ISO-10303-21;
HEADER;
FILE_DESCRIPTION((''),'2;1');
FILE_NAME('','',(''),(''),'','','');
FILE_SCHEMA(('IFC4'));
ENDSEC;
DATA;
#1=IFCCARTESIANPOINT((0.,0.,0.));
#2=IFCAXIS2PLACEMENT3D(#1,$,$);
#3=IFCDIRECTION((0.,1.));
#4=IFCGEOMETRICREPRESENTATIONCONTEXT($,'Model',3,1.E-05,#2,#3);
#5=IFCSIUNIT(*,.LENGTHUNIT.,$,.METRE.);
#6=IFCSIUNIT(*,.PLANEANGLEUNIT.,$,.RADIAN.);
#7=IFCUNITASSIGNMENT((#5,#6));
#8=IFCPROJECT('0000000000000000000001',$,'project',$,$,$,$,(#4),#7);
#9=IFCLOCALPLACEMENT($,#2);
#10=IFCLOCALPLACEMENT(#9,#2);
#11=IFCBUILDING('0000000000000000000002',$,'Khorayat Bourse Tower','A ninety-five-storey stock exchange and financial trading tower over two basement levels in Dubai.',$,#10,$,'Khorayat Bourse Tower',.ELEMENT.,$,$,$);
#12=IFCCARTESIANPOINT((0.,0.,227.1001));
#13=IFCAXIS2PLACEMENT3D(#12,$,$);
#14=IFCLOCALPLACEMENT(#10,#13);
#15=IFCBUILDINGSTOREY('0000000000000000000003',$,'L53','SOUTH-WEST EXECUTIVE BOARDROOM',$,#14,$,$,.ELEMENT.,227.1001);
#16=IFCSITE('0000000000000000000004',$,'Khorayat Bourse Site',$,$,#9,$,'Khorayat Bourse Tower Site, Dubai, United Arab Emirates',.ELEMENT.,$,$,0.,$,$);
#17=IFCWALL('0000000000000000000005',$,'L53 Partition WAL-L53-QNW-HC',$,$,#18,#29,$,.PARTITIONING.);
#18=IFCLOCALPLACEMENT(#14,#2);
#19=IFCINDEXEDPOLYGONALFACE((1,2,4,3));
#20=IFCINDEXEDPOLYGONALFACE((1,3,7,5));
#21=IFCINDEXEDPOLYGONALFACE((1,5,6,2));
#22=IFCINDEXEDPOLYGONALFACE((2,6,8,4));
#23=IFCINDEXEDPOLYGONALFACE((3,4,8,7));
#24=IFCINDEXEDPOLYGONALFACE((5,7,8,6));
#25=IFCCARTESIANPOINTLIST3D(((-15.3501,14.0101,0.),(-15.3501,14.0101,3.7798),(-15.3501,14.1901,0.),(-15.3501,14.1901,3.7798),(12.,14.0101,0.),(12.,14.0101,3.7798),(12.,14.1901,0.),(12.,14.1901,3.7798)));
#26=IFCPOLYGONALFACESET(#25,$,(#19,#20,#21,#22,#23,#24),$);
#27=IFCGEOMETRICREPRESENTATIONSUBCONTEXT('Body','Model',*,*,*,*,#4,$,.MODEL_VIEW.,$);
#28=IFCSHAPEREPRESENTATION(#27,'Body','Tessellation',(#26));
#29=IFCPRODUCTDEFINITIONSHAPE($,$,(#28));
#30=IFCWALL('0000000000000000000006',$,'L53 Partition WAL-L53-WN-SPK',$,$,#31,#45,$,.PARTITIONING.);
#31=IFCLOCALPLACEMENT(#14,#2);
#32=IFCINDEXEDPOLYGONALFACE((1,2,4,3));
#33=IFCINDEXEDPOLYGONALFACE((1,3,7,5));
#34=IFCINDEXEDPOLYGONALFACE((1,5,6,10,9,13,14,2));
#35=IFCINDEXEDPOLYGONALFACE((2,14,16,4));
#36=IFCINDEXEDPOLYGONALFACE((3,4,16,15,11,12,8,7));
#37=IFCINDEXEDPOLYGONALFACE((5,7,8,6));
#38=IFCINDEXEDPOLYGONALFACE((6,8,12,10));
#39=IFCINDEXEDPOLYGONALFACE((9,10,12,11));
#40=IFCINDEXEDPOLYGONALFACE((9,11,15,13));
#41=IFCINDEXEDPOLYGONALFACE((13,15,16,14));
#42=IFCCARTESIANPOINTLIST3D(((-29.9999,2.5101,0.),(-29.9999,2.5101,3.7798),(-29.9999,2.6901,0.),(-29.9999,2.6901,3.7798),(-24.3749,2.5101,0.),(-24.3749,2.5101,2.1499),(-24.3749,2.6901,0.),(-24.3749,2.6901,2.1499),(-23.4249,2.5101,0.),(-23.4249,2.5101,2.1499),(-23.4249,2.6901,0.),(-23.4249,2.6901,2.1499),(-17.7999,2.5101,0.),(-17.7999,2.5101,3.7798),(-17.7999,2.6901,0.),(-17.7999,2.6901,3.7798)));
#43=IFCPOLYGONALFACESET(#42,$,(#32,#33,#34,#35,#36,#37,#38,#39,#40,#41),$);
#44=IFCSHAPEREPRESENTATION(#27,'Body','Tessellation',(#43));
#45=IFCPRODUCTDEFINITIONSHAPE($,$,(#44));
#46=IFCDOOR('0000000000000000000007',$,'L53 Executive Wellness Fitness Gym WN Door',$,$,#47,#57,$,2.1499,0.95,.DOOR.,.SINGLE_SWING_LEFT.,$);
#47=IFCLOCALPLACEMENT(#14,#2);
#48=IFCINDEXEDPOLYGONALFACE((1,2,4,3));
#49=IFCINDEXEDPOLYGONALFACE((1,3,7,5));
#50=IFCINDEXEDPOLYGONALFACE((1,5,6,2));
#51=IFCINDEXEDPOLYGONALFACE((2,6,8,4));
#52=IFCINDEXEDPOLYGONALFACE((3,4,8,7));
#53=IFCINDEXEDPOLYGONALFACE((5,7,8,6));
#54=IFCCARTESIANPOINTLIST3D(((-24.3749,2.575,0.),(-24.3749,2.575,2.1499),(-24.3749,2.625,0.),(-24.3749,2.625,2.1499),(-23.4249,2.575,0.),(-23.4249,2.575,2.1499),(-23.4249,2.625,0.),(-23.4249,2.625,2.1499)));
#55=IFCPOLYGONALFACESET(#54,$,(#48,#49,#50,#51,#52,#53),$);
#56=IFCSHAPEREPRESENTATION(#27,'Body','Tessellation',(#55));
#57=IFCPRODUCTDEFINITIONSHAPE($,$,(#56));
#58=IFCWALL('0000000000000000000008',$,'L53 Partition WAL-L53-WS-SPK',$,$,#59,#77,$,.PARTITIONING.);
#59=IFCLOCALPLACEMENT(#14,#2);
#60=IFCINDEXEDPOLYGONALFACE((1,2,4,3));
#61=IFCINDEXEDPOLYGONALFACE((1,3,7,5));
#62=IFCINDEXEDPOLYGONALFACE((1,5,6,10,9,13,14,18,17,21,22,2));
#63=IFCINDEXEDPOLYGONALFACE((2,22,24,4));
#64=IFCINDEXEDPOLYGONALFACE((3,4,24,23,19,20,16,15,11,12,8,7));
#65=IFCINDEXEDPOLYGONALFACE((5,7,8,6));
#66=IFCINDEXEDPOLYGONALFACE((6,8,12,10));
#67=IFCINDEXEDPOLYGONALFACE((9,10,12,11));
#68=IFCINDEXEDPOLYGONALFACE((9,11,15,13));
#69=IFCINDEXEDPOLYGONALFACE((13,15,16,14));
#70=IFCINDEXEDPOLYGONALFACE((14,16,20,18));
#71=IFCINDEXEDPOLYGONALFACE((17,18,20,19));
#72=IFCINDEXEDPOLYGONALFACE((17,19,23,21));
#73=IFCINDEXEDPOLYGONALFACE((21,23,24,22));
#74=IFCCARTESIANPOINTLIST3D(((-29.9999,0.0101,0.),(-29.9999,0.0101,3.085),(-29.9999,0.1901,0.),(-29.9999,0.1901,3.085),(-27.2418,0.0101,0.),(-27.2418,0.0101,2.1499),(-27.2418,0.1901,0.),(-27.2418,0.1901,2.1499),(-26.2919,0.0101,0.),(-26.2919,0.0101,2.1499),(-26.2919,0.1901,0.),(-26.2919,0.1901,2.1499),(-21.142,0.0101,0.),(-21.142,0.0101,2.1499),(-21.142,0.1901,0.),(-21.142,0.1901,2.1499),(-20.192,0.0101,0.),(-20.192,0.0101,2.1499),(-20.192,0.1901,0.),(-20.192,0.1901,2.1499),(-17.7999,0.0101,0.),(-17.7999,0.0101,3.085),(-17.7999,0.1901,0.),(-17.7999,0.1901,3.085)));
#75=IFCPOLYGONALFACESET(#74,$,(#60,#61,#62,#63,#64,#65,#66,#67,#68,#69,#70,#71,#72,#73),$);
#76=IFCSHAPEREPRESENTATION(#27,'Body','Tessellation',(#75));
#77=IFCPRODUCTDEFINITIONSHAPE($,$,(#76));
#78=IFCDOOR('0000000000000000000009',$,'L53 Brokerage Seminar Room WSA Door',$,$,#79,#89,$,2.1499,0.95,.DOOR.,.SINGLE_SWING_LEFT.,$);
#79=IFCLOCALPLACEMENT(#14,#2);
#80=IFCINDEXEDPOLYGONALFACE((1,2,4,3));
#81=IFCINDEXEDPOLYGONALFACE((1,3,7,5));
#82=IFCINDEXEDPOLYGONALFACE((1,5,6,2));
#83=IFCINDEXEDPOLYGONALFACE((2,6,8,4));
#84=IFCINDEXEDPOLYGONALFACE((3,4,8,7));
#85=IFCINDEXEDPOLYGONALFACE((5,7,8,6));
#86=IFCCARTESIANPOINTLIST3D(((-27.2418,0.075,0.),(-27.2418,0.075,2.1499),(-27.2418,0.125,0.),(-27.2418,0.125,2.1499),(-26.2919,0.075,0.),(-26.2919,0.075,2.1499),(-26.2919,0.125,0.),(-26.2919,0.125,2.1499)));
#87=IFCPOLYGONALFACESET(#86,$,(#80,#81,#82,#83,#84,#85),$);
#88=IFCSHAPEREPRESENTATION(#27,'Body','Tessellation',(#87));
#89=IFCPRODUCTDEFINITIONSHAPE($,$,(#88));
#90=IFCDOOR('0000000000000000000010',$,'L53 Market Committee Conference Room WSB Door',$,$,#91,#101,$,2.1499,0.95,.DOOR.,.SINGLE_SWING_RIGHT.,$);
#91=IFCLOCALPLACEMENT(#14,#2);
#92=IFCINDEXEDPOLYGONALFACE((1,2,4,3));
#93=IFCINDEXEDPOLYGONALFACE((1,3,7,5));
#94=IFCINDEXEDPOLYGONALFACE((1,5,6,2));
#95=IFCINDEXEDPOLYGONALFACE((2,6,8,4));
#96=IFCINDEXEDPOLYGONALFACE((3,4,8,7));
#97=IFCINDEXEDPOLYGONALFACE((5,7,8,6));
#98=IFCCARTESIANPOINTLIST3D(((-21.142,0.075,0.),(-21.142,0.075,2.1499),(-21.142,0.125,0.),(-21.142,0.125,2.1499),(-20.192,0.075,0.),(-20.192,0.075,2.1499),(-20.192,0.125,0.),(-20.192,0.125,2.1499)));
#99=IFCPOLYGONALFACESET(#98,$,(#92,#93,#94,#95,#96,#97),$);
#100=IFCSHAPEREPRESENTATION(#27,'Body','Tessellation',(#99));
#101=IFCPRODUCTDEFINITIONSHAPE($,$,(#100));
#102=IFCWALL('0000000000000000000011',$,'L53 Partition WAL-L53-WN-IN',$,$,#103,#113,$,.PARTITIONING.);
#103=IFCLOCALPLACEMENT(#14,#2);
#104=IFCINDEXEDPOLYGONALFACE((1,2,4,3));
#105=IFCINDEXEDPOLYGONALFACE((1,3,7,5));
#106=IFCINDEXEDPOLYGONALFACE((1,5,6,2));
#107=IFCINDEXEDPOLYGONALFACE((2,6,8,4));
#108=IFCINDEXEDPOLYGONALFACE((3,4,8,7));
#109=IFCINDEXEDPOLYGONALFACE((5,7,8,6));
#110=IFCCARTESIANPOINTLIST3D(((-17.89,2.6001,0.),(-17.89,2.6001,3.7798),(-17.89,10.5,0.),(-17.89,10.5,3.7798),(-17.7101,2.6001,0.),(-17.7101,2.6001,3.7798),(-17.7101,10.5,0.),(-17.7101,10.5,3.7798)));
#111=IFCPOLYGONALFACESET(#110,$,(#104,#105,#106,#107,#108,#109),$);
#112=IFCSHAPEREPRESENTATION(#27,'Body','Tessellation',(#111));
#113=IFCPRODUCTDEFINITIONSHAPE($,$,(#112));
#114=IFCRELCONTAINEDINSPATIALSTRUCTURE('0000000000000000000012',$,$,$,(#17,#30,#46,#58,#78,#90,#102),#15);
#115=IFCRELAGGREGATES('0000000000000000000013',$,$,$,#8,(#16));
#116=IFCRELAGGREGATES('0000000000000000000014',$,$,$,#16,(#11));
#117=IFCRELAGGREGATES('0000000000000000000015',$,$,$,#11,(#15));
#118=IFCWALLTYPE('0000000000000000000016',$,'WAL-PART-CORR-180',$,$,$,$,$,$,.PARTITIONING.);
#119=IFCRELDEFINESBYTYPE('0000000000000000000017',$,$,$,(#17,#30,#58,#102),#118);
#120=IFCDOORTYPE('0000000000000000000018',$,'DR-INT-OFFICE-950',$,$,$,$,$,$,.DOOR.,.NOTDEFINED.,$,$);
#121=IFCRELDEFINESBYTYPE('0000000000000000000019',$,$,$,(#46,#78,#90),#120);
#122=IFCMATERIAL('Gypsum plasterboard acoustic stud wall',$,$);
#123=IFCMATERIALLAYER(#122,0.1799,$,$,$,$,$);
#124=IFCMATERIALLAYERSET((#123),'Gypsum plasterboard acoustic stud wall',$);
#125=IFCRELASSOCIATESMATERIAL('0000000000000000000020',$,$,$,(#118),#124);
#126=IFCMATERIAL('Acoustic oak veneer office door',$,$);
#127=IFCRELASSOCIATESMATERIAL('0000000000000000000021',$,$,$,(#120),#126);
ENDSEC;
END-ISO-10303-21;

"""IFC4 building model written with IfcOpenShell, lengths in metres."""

from ifc_helpers import new_model, si_unit, direction, frame, frame_2d, origin, place, context, subcontext, project, spatial, rectangle, extrude, source, transform, mapped, material, layer, layer_set, type_object, element, fill, save


model = new_model("IFC4")

# Units and contexts
model_context = context("Model", 3, precision=1e-05, world=origin(), true_north=direction((0.0, 1.0)))
body_context = subcontext(model_context, "Body", "Model", "MODEL_VIEW")
ifc_project = project(units=[si_unit("LENGTHUNIT", "METRE"), si_unit("PLANEANGLEUNIT", "RADIAN")], contexts=[model_context])

# Site, building, storey
site_placement = place(None, origin())
site = spatial("IfcSite", under=ifc_project, at=site_placement, Name="Khorayat Bourse Site", LongName="Khorayat Bourse Tower Site, Dubai, United Arab Emirates", CompositionType="ELEMENT", RefElevation=0.0)
building_placement = place(site_placement, origin())
building = spatial("IfcBuilding", under=site, at=building_placement, Name="Khorayat Bourse Tower", Description="A ninety-five-storey stock exchange and financial trading tower over two basement levels in Dubai.", LongName="Khorayat Bourse Tower", CompositionType="ELEMENT")
storey_placement = place(building_placement, frame((0.0, 0.0, 227.1001)))
storey = spatial("IfcBuildingStorey", under=building, at=storey_placement, Name="L53", Description="SOUTH-WEST EXECUTIVE BOARDROOM", CompositionType="ELEMENT", Elevation=227.1001)

# Wall
ifc_material_1 = material(Name="Gypsum plasterboard acoustic stud wall")
ifc_layer_1 = layer(ifc_material_1, 0.1799)
ifc_layer_set_1 = layer_set([ifc_layer_1], Name="Gypsum plasterboard acoustic stud wall")
wall_type = type_object("IfcWallType", Name="WAL-PART-CORR-180", PredefinedType="PARTITIONING", material=ifc_layer_set_1)
shared_shape_1 = source(origin(), body_context, "Body", "SweptSolid", [
    extrude(rectangle(XDim=27.3501, YDim=0.1799, at=frame_2d((13.675, 0.0))), origin(), (0.0, 0.0, 1.0), 3.7798),
])
wall_1_placement = place(storey_placement, frame((-15.3501, 14.1001, 0.0), z_axis=(0.0, 0.0, 1.0), x_axis=(1.0, 0.0, 0.0)))
element("IfcWall", 1, at=wall_1_placement, inside=storey, type_object=wall_type, Name="L53 Partition WAL-L53-QNW-HC", PredefinedType="PARTITIONING", context=body_context, shape_type="MappedRepresentation", body=[
    mapped(shared_shape_1, transform((0.0, 0.0, 0.0), scale=1.0)),
])

# Wall, opening, door
shared_shape_2 = source(origin(), body_context, "Body", "SweptSolid", [
    extrude(rectangle(XDim=12.2, YDim=0.1799, at=frame_2d((6.1001, 0.0))), origin(), (0.0, 0.0, 1.0), 3.7798),
])
wall_2_placement = place(storey_placement, frame((-30.0, 2.6001, 0.0), z_axis=(0.0, 0.0, 1.0), x_axis=(1.0, 0.0, 0.0)))
wall_2 = element("IfcWall", 2, at=wall_2_placement, inside=storey, type_object=wall_type, Name="L53 Partition WAL-L53-WN-SPK", PredefinedType="PARTITIONING", context=body_context, shape_type="MappedRepresentation", body=[
    mapped(shared_shape_2, transform((0.0, 0.0, 0.0), scale=1.0)),
])
shared_shape_3 = source(origin(), body_context, "Body", "SweptSolid", [
    extrude(rectangle(XDim=0.95, YDim=2.1499, at=frame_2d((0.4751, 1.075))), frame((0.0, 0.0999, 0.0), z_axis=(0.0, -1.0, 0.0), x_axis=(1.0, 0.0, 0.0)), (0.0, 0.0, 1.0), 0.2),
])
opening_1_placement = place(wall_2_placement, frame((5.625, 0.0, 0.0)))
opening_1 = element("IfcOpeningElement", 3, at=opening_1_placement, cuts=wall_2, PredefinedType="OPENING", context=body_context, shape_type="MappedRepresentation", body=[
    mapped(shared_shape_3, transform((0.0, 0.0, 0.0), scale=1.0)),
])
ifc_material_2 = material(Name="Acoustic oak veneer office door")
door_type = type_object("IfcDoorType", Name="DR-INT-OFFICE-950", OperationType="NOTDEFINED", PredefinedType="DOOR", material=ifc_material_2)
shared_shape_4 = source(origin(), body_context, "Body", "SweptSolid", [
    extrude(rectangle(XDim=0.95, YDim=2.1499, at=frame_2d((0.4751, 1.075))), frame((0.0, 0.0249, 0.0), z_axis=(0.0, -1.0, 0.0), x_axis=(1.0, 0.0, 0.0)), (0.0, 0.0, 1.0), 0.05),
])
door_1_placement = place(opening_1_placement, origin())
door_1 = element("IfcDoor", 4, at=door_1_placement, inside=storey, type_object=door_type, Name="L53 Executive Wellness Fitness Gym WN Door", OperationType="SINGLE_SWING_LEFT", OverallHeight=2.1499, OverallWidth=0.95, PredefinedType="DOOR", context=body_context, shape_type="MappedRepresentation", body=[
    mapped(shared_shape_4, transform((0.0, 0.0, 0.0), scale=1.0)),
])
fill(opening_1, door_1)

# Wall, openings, doors
shared_shape_5 = source(origin(), body_context, "Body", "SweptSolid", [
    extrude(rectangle(XDim=12.2, YDim=0.1799, at=frame_2d((6.1001, 0.0))), origin(), (0.0, 0.0, 1.0), 3.085),
])
wall_3_placement = place(storey_placement, frame((-30.0, 0.1001, 0.0), z_axis=(0.0, 0.0, 1.0), x_axis=(1.0, 0.0, 0.0)))
wall_3 = element("IfcWall", 5, at=wall_3_placement, inside=storey, type_object=wall_type, Name="L53 Partition WAL-L53-WS-SPK", PredefinedType="PARTITIONING", context=body_context, shape_type="MappedRepresentation", body=[
    mapped(shared_shape_5, transform((0.0, 0.0, 0.0), scale=1.0)),
])
opening_2_placement = place(wall_3_placement, frame((2.7581, 0.0, 0.0)))
opening_2 = element("IfcOpeningElement", 6, at=opening_2_placement, cuts=wall_3, PredefinedType="OPENING", context=body_context, shape_type="MappedRepresentation", body=[
    mapped(shared_shape_3, transform((0.0, 0.0, 0.0), scale=1.0)),
])
opening_3_placement = place(wall_3_placement, frame((8.8579, 0.0, 0.0)))
opening_3 = element("IfcOpeningElement", 7, at=opening_3_placement, cuts=wall_3, PredefinedType="OPENING", context=body_context, shape_type="MappedRepresentation", body=[
    mapped(shared_shape_3, transform((0.0, 0.0, 0.0), scale=1.0)),
])
door_2_placement = place(opening_2_placement, origin())
door_2 = element("IfcDoor", 8, at=door_2_placement, inside=storey, type_object=door_type, Name="L53 Brokerage Seminar Room WSA Door", OperationType="SINGLE_SWING_LEFT", OverallHeight=2.1499, OverallWidth=0.95, PredefinedType="DOOR", context=body_context, shape_type="MappedRepresentation", body=[
    mapped(shared_shape_4, transform((0.0, 0.0, 0.0), scale=1.0)),
])
fill(opening_2, door_2)
door_3_placement = place(opening_3_placement, origin())
door_3 = element("IfcDoor", 9, at=door_3_placement, inside=storey, type_object=door_type, Name="L53 Market Committee Conference Room WSB Door", OperationType="SINGLE_SWING_RIGHT", OverallHeight=2.1499, OverallWidth=0.95, PredefinedType="DOOR", context=body_context, shape_type="MappedRepresentation", body=[
    mapped(shared_shape_4, transform((0.0, 0.0, 0.0), scale=1.0)),
])
fill(opening_3, door_3)

# Wall
shared_shape_6 = source(origin(), body_context, "Body", "SweptSolid", [
    extrude(rectangle(XDim=7.8999, YDim=0.1799, at=frame_2d((3.95, 0.0))), origin(), (0.0, 0.0, 1.0), 3.7798),
])
wall_4_placement = place(storey_placement, frame((-17.8, 2.6001, 0.0), z_axis=(0.0, 0.0, 1.0), x_axis=(0.0, 1.0, 0.0)))
element("IfcWall", 10, at=wall_4_placement, inside=storey, type_object=wall_type, Name="L53 Partition WAL-L53-WN-IN", PredefinedType="PARTITIONING", context=body_context, shape_type="MappedRepresentation", body=[
    mapped(shared_shape_6, transform((0.0, 0.0, 0.0), scale=1.0)),
])

save(model, "model.ifc")
